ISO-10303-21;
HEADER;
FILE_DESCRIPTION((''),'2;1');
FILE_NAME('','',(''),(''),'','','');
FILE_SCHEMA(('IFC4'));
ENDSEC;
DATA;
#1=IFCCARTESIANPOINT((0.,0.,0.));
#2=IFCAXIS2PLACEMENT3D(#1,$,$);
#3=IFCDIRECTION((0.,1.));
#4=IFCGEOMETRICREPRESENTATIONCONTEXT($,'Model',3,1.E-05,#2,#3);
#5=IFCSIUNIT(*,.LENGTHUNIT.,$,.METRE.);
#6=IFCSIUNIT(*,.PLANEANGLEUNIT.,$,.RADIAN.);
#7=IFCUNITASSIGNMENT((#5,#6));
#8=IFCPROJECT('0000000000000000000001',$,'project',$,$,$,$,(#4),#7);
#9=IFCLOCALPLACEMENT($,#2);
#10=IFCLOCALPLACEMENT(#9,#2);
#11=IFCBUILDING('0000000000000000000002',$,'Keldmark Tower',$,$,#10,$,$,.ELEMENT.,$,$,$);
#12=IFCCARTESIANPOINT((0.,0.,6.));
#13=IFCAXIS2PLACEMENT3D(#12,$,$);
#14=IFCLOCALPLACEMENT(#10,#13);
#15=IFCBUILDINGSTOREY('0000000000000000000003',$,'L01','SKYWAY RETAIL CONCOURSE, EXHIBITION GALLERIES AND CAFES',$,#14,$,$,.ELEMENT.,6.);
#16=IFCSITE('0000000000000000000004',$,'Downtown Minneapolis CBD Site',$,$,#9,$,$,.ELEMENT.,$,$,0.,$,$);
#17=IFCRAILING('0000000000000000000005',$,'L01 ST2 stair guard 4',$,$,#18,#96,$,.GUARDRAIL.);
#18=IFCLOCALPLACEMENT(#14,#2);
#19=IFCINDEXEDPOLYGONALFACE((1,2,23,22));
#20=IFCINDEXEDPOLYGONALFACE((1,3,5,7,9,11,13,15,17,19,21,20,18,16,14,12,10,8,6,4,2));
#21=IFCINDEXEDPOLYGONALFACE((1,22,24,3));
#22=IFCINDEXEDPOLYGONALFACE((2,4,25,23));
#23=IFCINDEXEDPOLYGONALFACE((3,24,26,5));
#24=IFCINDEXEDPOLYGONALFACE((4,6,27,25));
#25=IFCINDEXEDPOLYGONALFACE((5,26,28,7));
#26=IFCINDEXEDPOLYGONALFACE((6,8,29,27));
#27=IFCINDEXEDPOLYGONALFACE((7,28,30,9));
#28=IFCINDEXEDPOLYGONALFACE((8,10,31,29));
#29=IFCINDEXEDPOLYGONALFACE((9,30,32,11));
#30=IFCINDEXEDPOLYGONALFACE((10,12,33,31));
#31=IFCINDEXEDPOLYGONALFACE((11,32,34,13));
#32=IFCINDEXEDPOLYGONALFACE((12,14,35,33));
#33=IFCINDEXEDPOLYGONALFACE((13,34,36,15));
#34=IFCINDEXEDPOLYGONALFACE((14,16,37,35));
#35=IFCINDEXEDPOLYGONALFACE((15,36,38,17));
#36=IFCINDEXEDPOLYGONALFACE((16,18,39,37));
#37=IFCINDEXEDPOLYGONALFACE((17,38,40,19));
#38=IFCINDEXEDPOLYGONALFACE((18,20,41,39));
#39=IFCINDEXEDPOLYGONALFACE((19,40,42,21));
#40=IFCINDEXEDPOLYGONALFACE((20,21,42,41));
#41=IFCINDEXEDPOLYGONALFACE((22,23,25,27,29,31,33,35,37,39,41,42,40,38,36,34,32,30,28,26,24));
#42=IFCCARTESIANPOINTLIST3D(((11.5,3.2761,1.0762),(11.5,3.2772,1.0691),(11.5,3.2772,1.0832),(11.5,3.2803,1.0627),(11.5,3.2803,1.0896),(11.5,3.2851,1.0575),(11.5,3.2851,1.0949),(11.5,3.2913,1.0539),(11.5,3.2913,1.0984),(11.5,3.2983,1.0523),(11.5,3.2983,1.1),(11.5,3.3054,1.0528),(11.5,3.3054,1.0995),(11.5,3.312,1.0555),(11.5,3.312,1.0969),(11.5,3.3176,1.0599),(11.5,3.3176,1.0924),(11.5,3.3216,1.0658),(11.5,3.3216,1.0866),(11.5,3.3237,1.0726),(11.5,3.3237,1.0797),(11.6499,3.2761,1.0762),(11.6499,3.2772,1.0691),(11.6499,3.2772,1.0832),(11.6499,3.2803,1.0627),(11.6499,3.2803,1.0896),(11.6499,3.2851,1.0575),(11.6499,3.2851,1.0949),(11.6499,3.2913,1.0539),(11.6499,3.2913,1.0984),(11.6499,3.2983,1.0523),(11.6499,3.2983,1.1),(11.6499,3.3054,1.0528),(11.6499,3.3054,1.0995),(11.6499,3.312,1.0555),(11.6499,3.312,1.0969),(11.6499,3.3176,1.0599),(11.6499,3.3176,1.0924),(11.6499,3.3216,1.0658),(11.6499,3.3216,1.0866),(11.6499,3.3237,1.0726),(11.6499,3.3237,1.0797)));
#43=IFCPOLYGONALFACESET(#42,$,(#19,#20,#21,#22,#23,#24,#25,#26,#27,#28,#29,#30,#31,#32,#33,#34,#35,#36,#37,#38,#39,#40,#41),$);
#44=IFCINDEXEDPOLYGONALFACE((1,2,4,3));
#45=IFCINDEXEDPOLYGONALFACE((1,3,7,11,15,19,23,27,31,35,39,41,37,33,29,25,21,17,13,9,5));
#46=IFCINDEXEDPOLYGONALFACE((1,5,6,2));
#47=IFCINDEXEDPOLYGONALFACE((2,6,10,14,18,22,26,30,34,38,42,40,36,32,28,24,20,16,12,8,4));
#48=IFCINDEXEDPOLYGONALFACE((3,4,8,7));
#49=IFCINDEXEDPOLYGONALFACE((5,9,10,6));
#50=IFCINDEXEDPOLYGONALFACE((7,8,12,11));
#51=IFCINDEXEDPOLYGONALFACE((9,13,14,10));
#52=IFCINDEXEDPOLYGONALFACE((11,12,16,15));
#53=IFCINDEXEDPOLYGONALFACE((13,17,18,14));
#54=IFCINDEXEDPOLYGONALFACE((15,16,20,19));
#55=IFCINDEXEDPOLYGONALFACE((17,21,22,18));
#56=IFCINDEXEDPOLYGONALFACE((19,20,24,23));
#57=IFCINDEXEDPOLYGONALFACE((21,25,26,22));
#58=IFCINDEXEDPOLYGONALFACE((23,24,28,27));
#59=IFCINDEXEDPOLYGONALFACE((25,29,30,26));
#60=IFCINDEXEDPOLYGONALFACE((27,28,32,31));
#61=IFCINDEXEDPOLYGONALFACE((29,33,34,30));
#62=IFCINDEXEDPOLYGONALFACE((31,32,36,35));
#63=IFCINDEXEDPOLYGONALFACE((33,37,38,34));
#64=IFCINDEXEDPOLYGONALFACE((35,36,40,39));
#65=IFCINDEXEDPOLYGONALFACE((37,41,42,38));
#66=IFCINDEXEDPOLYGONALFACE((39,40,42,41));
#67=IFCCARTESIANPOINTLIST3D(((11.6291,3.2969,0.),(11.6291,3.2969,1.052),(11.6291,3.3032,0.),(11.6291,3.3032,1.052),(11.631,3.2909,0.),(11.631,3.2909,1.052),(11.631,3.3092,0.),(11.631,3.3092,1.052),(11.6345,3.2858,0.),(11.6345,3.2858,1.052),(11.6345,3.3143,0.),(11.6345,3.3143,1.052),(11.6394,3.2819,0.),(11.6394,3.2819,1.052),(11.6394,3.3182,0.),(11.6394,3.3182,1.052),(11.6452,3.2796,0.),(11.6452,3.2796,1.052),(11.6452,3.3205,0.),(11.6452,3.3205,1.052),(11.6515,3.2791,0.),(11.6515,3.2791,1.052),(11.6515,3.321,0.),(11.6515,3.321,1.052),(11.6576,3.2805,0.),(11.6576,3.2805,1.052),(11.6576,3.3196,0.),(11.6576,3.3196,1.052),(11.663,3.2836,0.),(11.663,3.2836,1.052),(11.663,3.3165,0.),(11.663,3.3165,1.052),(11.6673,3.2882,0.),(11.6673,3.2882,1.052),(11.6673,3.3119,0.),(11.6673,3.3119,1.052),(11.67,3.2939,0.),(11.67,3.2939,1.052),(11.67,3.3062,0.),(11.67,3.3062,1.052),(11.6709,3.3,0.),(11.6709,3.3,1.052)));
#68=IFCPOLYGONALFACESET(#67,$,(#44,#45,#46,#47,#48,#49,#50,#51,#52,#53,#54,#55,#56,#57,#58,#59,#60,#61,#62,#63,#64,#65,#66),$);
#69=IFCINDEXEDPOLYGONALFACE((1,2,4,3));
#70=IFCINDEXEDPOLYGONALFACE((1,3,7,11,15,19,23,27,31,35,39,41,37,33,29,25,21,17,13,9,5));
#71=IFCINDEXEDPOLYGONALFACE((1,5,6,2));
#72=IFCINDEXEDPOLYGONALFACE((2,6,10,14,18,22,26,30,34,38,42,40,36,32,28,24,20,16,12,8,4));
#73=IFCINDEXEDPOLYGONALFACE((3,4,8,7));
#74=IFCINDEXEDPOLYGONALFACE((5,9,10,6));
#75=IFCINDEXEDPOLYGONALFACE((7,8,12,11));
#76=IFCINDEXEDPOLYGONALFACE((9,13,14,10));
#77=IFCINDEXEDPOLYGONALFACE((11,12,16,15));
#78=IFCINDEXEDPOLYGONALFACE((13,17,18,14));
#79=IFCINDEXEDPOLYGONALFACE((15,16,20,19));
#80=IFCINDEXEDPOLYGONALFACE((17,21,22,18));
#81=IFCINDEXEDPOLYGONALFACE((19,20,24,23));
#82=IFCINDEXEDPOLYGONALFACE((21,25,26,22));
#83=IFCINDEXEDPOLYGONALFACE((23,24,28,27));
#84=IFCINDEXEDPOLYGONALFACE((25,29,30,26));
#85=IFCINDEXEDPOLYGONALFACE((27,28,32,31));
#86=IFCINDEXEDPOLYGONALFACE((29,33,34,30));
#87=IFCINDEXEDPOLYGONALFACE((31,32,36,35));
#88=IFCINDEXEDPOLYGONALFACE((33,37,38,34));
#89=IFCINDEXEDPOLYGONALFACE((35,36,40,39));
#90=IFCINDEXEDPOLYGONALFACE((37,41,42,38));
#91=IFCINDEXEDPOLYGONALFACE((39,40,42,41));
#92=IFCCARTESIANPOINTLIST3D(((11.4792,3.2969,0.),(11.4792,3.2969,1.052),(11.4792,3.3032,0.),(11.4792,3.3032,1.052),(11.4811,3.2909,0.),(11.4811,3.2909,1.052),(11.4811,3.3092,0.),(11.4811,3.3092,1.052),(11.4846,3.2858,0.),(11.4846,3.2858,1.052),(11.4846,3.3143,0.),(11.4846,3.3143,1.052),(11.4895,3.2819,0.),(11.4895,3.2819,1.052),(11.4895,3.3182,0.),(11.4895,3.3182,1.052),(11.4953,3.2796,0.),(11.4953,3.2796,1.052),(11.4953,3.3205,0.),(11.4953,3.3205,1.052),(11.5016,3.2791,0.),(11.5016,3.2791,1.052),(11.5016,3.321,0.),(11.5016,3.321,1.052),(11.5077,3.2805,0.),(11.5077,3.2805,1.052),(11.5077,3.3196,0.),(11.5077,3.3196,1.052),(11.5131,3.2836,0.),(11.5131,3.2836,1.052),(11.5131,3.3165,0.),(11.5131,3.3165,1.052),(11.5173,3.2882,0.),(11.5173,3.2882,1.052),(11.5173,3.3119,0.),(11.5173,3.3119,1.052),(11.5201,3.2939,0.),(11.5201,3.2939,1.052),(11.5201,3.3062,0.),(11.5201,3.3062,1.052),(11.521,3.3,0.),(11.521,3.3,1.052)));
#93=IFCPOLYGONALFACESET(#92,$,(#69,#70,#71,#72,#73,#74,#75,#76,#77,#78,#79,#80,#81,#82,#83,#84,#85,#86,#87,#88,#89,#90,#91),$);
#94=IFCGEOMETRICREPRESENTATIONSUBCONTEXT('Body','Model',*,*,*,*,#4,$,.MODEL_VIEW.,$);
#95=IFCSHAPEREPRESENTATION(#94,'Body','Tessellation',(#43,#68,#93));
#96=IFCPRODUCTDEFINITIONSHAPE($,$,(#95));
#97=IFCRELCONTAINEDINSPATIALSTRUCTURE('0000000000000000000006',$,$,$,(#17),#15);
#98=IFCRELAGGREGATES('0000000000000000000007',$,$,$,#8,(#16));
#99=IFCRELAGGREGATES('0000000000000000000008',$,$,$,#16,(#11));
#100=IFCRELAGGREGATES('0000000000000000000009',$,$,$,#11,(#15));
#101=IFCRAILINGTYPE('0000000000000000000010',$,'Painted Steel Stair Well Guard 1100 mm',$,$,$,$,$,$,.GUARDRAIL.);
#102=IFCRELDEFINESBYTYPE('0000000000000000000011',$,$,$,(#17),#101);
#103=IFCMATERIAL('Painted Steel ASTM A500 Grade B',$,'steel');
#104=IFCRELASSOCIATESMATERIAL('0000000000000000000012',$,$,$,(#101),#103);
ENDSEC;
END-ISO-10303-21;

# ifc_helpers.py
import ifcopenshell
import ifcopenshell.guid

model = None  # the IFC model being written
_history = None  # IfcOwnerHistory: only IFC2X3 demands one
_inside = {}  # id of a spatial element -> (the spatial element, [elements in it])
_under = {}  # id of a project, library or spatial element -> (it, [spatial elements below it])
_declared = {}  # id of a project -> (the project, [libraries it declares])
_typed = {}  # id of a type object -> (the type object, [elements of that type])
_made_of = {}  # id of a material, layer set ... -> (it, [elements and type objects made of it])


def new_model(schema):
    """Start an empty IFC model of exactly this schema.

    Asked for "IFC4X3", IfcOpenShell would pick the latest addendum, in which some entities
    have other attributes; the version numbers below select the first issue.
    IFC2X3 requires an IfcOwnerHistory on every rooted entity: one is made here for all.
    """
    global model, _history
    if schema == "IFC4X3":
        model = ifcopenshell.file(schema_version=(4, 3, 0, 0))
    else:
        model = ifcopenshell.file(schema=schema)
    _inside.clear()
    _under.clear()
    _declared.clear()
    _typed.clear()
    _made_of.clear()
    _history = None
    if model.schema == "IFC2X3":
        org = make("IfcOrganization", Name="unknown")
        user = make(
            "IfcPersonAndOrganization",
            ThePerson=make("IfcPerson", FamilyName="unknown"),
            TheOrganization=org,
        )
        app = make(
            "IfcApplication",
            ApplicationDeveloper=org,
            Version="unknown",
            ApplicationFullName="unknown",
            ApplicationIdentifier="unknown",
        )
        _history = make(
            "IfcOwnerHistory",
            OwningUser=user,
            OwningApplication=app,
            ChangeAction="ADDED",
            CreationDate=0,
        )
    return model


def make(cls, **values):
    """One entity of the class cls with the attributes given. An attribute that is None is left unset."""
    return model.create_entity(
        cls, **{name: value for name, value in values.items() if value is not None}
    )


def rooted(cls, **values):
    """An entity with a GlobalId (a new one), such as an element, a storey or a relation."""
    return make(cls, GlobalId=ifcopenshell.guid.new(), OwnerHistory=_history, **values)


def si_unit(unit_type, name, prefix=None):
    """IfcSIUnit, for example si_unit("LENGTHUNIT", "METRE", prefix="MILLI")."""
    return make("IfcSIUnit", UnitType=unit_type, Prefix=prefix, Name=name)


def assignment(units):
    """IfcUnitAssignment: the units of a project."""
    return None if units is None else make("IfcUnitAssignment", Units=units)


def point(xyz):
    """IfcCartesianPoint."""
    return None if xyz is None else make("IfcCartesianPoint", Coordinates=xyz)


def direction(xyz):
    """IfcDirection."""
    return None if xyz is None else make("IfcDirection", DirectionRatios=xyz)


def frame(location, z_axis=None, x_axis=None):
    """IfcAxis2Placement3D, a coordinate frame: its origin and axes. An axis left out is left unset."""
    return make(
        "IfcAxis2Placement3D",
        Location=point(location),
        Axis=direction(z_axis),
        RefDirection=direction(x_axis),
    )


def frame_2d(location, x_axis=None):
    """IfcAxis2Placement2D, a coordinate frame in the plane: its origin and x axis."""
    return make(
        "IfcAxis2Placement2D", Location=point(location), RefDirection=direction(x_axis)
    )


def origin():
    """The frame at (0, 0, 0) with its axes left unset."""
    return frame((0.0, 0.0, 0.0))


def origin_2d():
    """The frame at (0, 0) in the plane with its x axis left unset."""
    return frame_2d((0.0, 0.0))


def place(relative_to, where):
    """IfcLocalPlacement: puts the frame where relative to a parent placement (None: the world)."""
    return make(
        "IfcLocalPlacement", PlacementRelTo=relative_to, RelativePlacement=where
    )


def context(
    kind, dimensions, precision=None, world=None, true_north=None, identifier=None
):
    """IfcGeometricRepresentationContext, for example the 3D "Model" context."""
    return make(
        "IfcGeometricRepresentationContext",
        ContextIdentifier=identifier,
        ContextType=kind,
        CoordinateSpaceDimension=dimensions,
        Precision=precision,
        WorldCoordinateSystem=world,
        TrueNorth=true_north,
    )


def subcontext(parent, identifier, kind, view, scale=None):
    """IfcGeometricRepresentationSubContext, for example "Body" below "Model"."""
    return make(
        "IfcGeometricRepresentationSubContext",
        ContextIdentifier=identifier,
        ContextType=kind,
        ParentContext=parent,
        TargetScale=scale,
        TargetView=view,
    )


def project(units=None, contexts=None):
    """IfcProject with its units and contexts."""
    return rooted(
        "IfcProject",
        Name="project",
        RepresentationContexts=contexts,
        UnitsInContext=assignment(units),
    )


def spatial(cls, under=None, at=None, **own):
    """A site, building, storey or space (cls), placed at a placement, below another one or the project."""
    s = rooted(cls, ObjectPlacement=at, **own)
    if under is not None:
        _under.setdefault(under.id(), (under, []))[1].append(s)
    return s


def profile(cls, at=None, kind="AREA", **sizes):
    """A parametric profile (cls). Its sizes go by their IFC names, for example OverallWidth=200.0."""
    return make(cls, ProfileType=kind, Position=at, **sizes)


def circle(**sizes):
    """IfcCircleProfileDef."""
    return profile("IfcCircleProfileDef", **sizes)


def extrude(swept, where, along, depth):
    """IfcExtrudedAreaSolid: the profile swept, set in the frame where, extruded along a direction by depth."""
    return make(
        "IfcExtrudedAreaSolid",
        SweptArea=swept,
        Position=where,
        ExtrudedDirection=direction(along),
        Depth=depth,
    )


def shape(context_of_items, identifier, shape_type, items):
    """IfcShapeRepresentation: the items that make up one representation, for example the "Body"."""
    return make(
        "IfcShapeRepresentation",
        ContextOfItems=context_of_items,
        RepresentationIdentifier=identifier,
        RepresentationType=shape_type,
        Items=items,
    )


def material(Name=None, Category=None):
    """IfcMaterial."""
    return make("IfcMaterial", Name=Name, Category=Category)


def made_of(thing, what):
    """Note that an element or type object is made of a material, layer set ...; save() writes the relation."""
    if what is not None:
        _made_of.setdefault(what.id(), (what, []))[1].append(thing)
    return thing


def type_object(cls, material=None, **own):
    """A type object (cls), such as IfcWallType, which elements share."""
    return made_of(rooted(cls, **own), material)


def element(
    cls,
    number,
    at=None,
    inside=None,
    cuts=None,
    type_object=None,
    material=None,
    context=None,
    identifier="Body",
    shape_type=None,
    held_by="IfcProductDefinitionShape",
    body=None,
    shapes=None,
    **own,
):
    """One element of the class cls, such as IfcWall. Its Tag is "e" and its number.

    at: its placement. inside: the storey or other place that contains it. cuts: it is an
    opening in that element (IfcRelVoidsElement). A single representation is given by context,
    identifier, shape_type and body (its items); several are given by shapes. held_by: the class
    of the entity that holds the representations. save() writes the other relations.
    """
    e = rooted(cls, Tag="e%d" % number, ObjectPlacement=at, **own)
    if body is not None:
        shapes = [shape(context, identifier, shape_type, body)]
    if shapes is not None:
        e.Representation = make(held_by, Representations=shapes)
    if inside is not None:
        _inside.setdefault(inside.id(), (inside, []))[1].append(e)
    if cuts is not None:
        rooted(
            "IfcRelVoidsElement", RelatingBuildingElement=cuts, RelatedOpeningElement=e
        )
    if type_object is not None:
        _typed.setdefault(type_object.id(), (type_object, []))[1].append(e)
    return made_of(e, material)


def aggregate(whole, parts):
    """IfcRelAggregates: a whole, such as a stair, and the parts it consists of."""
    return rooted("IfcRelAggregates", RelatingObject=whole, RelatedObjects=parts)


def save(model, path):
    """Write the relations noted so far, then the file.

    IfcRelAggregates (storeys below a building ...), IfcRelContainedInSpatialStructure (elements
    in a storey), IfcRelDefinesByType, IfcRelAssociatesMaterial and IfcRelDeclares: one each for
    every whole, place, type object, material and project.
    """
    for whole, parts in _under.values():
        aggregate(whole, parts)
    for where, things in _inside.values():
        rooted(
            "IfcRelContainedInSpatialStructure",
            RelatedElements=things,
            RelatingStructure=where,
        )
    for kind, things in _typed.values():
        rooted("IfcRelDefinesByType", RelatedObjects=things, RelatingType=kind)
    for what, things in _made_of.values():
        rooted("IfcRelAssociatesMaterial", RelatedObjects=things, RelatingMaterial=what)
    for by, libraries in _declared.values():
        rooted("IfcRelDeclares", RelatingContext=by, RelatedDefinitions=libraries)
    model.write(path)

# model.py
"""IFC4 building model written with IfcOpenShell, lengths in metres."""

from ifc_helpers import new_model, si_unit, direction, frame, origin, origin_2d, place, context, subcontext, project, spatial, circle, extrude, material, type_object, element, save


model = new_model("IFC4")

# Units and contexts
model_context = context("Model", 3, precision=1e-05, world=origin(), true_north=direction((0.0, 1.0)))
body_context = subcontext(model_context, "Body", "Model", "MODEL_VIEW")
ifc_project = project(units=[si_unit("LENGTHUNIT", "METRE"), si_unit("PLANEANGLEUNIT", "RADIAN")], contexts=[model_context])

# Site, building, storey
site_placement = place(None, origin())
site = spatial("IfcSite", under=ifc_project, at=site_placement, Name="Downtown Minneapolis CBD Site", CompositionType="ELEMENT", RefElevation=0.0)
building_placement = place(site_placement, origin())
building = spatial("IfcBuilding", under=site, at=building_placement, Name="Keldmark Tower", CompositionType="ELEMENT")
storey_placement = place(building_placement, frame((0.0, 0.0, 6.0)))
storey = spatial("IfcBuildingStorey", under=building, at=storey_placement, Name="L01", Description="SKYWAY RETAIL CONCOURSE, EXHIBITION GALLERIES AND CAFES", CompositionType="ELEMENT", Elevation=6.0)

# Railing
ifc_material_1 = material(Name="Painted Steel ASTM A500 Grade B", Category="steel")
railing_type_1 = type_object("IfcRailingType", Name="Painted Steel Stair Well Guard 1100 mm", PredefinedType="GUARDRAIL", material=ifc_material_1)
railing_1_placement = place(storey_placement, frame((11.6499, 3.3, 0.0)))
element("IfcRailing", 1, at=railing_1_placement, inside=storey, type_object=railing_type_1, Name="L01 ST2 stair guard 4", PredefinedType="GUARDRAIL", context=body_context, shape_type="SweptSolid", body=[
    extrude(circle(Radius=0.0239, at=origin_2d()), frame((0.0, 0.0, 1.0762), z_axis=(-1.0, 0.0, 0.0), x_axis=(0.0, -1.0, 0.0)), (0.0, 0.0, 1.0), 0.1499),
    extrude(circle(Radius=0.021, at=origin_2d()), origin(), (0.0, 0.0, 1.0), 1.052),
    extrude(circle(Radius=0.021, at=origin_2d()), frame((-0.1499, 0.0, 0.0)), (0.0, 0.0, 1.0), 1.052),
])

save(model, "model.ifc")
